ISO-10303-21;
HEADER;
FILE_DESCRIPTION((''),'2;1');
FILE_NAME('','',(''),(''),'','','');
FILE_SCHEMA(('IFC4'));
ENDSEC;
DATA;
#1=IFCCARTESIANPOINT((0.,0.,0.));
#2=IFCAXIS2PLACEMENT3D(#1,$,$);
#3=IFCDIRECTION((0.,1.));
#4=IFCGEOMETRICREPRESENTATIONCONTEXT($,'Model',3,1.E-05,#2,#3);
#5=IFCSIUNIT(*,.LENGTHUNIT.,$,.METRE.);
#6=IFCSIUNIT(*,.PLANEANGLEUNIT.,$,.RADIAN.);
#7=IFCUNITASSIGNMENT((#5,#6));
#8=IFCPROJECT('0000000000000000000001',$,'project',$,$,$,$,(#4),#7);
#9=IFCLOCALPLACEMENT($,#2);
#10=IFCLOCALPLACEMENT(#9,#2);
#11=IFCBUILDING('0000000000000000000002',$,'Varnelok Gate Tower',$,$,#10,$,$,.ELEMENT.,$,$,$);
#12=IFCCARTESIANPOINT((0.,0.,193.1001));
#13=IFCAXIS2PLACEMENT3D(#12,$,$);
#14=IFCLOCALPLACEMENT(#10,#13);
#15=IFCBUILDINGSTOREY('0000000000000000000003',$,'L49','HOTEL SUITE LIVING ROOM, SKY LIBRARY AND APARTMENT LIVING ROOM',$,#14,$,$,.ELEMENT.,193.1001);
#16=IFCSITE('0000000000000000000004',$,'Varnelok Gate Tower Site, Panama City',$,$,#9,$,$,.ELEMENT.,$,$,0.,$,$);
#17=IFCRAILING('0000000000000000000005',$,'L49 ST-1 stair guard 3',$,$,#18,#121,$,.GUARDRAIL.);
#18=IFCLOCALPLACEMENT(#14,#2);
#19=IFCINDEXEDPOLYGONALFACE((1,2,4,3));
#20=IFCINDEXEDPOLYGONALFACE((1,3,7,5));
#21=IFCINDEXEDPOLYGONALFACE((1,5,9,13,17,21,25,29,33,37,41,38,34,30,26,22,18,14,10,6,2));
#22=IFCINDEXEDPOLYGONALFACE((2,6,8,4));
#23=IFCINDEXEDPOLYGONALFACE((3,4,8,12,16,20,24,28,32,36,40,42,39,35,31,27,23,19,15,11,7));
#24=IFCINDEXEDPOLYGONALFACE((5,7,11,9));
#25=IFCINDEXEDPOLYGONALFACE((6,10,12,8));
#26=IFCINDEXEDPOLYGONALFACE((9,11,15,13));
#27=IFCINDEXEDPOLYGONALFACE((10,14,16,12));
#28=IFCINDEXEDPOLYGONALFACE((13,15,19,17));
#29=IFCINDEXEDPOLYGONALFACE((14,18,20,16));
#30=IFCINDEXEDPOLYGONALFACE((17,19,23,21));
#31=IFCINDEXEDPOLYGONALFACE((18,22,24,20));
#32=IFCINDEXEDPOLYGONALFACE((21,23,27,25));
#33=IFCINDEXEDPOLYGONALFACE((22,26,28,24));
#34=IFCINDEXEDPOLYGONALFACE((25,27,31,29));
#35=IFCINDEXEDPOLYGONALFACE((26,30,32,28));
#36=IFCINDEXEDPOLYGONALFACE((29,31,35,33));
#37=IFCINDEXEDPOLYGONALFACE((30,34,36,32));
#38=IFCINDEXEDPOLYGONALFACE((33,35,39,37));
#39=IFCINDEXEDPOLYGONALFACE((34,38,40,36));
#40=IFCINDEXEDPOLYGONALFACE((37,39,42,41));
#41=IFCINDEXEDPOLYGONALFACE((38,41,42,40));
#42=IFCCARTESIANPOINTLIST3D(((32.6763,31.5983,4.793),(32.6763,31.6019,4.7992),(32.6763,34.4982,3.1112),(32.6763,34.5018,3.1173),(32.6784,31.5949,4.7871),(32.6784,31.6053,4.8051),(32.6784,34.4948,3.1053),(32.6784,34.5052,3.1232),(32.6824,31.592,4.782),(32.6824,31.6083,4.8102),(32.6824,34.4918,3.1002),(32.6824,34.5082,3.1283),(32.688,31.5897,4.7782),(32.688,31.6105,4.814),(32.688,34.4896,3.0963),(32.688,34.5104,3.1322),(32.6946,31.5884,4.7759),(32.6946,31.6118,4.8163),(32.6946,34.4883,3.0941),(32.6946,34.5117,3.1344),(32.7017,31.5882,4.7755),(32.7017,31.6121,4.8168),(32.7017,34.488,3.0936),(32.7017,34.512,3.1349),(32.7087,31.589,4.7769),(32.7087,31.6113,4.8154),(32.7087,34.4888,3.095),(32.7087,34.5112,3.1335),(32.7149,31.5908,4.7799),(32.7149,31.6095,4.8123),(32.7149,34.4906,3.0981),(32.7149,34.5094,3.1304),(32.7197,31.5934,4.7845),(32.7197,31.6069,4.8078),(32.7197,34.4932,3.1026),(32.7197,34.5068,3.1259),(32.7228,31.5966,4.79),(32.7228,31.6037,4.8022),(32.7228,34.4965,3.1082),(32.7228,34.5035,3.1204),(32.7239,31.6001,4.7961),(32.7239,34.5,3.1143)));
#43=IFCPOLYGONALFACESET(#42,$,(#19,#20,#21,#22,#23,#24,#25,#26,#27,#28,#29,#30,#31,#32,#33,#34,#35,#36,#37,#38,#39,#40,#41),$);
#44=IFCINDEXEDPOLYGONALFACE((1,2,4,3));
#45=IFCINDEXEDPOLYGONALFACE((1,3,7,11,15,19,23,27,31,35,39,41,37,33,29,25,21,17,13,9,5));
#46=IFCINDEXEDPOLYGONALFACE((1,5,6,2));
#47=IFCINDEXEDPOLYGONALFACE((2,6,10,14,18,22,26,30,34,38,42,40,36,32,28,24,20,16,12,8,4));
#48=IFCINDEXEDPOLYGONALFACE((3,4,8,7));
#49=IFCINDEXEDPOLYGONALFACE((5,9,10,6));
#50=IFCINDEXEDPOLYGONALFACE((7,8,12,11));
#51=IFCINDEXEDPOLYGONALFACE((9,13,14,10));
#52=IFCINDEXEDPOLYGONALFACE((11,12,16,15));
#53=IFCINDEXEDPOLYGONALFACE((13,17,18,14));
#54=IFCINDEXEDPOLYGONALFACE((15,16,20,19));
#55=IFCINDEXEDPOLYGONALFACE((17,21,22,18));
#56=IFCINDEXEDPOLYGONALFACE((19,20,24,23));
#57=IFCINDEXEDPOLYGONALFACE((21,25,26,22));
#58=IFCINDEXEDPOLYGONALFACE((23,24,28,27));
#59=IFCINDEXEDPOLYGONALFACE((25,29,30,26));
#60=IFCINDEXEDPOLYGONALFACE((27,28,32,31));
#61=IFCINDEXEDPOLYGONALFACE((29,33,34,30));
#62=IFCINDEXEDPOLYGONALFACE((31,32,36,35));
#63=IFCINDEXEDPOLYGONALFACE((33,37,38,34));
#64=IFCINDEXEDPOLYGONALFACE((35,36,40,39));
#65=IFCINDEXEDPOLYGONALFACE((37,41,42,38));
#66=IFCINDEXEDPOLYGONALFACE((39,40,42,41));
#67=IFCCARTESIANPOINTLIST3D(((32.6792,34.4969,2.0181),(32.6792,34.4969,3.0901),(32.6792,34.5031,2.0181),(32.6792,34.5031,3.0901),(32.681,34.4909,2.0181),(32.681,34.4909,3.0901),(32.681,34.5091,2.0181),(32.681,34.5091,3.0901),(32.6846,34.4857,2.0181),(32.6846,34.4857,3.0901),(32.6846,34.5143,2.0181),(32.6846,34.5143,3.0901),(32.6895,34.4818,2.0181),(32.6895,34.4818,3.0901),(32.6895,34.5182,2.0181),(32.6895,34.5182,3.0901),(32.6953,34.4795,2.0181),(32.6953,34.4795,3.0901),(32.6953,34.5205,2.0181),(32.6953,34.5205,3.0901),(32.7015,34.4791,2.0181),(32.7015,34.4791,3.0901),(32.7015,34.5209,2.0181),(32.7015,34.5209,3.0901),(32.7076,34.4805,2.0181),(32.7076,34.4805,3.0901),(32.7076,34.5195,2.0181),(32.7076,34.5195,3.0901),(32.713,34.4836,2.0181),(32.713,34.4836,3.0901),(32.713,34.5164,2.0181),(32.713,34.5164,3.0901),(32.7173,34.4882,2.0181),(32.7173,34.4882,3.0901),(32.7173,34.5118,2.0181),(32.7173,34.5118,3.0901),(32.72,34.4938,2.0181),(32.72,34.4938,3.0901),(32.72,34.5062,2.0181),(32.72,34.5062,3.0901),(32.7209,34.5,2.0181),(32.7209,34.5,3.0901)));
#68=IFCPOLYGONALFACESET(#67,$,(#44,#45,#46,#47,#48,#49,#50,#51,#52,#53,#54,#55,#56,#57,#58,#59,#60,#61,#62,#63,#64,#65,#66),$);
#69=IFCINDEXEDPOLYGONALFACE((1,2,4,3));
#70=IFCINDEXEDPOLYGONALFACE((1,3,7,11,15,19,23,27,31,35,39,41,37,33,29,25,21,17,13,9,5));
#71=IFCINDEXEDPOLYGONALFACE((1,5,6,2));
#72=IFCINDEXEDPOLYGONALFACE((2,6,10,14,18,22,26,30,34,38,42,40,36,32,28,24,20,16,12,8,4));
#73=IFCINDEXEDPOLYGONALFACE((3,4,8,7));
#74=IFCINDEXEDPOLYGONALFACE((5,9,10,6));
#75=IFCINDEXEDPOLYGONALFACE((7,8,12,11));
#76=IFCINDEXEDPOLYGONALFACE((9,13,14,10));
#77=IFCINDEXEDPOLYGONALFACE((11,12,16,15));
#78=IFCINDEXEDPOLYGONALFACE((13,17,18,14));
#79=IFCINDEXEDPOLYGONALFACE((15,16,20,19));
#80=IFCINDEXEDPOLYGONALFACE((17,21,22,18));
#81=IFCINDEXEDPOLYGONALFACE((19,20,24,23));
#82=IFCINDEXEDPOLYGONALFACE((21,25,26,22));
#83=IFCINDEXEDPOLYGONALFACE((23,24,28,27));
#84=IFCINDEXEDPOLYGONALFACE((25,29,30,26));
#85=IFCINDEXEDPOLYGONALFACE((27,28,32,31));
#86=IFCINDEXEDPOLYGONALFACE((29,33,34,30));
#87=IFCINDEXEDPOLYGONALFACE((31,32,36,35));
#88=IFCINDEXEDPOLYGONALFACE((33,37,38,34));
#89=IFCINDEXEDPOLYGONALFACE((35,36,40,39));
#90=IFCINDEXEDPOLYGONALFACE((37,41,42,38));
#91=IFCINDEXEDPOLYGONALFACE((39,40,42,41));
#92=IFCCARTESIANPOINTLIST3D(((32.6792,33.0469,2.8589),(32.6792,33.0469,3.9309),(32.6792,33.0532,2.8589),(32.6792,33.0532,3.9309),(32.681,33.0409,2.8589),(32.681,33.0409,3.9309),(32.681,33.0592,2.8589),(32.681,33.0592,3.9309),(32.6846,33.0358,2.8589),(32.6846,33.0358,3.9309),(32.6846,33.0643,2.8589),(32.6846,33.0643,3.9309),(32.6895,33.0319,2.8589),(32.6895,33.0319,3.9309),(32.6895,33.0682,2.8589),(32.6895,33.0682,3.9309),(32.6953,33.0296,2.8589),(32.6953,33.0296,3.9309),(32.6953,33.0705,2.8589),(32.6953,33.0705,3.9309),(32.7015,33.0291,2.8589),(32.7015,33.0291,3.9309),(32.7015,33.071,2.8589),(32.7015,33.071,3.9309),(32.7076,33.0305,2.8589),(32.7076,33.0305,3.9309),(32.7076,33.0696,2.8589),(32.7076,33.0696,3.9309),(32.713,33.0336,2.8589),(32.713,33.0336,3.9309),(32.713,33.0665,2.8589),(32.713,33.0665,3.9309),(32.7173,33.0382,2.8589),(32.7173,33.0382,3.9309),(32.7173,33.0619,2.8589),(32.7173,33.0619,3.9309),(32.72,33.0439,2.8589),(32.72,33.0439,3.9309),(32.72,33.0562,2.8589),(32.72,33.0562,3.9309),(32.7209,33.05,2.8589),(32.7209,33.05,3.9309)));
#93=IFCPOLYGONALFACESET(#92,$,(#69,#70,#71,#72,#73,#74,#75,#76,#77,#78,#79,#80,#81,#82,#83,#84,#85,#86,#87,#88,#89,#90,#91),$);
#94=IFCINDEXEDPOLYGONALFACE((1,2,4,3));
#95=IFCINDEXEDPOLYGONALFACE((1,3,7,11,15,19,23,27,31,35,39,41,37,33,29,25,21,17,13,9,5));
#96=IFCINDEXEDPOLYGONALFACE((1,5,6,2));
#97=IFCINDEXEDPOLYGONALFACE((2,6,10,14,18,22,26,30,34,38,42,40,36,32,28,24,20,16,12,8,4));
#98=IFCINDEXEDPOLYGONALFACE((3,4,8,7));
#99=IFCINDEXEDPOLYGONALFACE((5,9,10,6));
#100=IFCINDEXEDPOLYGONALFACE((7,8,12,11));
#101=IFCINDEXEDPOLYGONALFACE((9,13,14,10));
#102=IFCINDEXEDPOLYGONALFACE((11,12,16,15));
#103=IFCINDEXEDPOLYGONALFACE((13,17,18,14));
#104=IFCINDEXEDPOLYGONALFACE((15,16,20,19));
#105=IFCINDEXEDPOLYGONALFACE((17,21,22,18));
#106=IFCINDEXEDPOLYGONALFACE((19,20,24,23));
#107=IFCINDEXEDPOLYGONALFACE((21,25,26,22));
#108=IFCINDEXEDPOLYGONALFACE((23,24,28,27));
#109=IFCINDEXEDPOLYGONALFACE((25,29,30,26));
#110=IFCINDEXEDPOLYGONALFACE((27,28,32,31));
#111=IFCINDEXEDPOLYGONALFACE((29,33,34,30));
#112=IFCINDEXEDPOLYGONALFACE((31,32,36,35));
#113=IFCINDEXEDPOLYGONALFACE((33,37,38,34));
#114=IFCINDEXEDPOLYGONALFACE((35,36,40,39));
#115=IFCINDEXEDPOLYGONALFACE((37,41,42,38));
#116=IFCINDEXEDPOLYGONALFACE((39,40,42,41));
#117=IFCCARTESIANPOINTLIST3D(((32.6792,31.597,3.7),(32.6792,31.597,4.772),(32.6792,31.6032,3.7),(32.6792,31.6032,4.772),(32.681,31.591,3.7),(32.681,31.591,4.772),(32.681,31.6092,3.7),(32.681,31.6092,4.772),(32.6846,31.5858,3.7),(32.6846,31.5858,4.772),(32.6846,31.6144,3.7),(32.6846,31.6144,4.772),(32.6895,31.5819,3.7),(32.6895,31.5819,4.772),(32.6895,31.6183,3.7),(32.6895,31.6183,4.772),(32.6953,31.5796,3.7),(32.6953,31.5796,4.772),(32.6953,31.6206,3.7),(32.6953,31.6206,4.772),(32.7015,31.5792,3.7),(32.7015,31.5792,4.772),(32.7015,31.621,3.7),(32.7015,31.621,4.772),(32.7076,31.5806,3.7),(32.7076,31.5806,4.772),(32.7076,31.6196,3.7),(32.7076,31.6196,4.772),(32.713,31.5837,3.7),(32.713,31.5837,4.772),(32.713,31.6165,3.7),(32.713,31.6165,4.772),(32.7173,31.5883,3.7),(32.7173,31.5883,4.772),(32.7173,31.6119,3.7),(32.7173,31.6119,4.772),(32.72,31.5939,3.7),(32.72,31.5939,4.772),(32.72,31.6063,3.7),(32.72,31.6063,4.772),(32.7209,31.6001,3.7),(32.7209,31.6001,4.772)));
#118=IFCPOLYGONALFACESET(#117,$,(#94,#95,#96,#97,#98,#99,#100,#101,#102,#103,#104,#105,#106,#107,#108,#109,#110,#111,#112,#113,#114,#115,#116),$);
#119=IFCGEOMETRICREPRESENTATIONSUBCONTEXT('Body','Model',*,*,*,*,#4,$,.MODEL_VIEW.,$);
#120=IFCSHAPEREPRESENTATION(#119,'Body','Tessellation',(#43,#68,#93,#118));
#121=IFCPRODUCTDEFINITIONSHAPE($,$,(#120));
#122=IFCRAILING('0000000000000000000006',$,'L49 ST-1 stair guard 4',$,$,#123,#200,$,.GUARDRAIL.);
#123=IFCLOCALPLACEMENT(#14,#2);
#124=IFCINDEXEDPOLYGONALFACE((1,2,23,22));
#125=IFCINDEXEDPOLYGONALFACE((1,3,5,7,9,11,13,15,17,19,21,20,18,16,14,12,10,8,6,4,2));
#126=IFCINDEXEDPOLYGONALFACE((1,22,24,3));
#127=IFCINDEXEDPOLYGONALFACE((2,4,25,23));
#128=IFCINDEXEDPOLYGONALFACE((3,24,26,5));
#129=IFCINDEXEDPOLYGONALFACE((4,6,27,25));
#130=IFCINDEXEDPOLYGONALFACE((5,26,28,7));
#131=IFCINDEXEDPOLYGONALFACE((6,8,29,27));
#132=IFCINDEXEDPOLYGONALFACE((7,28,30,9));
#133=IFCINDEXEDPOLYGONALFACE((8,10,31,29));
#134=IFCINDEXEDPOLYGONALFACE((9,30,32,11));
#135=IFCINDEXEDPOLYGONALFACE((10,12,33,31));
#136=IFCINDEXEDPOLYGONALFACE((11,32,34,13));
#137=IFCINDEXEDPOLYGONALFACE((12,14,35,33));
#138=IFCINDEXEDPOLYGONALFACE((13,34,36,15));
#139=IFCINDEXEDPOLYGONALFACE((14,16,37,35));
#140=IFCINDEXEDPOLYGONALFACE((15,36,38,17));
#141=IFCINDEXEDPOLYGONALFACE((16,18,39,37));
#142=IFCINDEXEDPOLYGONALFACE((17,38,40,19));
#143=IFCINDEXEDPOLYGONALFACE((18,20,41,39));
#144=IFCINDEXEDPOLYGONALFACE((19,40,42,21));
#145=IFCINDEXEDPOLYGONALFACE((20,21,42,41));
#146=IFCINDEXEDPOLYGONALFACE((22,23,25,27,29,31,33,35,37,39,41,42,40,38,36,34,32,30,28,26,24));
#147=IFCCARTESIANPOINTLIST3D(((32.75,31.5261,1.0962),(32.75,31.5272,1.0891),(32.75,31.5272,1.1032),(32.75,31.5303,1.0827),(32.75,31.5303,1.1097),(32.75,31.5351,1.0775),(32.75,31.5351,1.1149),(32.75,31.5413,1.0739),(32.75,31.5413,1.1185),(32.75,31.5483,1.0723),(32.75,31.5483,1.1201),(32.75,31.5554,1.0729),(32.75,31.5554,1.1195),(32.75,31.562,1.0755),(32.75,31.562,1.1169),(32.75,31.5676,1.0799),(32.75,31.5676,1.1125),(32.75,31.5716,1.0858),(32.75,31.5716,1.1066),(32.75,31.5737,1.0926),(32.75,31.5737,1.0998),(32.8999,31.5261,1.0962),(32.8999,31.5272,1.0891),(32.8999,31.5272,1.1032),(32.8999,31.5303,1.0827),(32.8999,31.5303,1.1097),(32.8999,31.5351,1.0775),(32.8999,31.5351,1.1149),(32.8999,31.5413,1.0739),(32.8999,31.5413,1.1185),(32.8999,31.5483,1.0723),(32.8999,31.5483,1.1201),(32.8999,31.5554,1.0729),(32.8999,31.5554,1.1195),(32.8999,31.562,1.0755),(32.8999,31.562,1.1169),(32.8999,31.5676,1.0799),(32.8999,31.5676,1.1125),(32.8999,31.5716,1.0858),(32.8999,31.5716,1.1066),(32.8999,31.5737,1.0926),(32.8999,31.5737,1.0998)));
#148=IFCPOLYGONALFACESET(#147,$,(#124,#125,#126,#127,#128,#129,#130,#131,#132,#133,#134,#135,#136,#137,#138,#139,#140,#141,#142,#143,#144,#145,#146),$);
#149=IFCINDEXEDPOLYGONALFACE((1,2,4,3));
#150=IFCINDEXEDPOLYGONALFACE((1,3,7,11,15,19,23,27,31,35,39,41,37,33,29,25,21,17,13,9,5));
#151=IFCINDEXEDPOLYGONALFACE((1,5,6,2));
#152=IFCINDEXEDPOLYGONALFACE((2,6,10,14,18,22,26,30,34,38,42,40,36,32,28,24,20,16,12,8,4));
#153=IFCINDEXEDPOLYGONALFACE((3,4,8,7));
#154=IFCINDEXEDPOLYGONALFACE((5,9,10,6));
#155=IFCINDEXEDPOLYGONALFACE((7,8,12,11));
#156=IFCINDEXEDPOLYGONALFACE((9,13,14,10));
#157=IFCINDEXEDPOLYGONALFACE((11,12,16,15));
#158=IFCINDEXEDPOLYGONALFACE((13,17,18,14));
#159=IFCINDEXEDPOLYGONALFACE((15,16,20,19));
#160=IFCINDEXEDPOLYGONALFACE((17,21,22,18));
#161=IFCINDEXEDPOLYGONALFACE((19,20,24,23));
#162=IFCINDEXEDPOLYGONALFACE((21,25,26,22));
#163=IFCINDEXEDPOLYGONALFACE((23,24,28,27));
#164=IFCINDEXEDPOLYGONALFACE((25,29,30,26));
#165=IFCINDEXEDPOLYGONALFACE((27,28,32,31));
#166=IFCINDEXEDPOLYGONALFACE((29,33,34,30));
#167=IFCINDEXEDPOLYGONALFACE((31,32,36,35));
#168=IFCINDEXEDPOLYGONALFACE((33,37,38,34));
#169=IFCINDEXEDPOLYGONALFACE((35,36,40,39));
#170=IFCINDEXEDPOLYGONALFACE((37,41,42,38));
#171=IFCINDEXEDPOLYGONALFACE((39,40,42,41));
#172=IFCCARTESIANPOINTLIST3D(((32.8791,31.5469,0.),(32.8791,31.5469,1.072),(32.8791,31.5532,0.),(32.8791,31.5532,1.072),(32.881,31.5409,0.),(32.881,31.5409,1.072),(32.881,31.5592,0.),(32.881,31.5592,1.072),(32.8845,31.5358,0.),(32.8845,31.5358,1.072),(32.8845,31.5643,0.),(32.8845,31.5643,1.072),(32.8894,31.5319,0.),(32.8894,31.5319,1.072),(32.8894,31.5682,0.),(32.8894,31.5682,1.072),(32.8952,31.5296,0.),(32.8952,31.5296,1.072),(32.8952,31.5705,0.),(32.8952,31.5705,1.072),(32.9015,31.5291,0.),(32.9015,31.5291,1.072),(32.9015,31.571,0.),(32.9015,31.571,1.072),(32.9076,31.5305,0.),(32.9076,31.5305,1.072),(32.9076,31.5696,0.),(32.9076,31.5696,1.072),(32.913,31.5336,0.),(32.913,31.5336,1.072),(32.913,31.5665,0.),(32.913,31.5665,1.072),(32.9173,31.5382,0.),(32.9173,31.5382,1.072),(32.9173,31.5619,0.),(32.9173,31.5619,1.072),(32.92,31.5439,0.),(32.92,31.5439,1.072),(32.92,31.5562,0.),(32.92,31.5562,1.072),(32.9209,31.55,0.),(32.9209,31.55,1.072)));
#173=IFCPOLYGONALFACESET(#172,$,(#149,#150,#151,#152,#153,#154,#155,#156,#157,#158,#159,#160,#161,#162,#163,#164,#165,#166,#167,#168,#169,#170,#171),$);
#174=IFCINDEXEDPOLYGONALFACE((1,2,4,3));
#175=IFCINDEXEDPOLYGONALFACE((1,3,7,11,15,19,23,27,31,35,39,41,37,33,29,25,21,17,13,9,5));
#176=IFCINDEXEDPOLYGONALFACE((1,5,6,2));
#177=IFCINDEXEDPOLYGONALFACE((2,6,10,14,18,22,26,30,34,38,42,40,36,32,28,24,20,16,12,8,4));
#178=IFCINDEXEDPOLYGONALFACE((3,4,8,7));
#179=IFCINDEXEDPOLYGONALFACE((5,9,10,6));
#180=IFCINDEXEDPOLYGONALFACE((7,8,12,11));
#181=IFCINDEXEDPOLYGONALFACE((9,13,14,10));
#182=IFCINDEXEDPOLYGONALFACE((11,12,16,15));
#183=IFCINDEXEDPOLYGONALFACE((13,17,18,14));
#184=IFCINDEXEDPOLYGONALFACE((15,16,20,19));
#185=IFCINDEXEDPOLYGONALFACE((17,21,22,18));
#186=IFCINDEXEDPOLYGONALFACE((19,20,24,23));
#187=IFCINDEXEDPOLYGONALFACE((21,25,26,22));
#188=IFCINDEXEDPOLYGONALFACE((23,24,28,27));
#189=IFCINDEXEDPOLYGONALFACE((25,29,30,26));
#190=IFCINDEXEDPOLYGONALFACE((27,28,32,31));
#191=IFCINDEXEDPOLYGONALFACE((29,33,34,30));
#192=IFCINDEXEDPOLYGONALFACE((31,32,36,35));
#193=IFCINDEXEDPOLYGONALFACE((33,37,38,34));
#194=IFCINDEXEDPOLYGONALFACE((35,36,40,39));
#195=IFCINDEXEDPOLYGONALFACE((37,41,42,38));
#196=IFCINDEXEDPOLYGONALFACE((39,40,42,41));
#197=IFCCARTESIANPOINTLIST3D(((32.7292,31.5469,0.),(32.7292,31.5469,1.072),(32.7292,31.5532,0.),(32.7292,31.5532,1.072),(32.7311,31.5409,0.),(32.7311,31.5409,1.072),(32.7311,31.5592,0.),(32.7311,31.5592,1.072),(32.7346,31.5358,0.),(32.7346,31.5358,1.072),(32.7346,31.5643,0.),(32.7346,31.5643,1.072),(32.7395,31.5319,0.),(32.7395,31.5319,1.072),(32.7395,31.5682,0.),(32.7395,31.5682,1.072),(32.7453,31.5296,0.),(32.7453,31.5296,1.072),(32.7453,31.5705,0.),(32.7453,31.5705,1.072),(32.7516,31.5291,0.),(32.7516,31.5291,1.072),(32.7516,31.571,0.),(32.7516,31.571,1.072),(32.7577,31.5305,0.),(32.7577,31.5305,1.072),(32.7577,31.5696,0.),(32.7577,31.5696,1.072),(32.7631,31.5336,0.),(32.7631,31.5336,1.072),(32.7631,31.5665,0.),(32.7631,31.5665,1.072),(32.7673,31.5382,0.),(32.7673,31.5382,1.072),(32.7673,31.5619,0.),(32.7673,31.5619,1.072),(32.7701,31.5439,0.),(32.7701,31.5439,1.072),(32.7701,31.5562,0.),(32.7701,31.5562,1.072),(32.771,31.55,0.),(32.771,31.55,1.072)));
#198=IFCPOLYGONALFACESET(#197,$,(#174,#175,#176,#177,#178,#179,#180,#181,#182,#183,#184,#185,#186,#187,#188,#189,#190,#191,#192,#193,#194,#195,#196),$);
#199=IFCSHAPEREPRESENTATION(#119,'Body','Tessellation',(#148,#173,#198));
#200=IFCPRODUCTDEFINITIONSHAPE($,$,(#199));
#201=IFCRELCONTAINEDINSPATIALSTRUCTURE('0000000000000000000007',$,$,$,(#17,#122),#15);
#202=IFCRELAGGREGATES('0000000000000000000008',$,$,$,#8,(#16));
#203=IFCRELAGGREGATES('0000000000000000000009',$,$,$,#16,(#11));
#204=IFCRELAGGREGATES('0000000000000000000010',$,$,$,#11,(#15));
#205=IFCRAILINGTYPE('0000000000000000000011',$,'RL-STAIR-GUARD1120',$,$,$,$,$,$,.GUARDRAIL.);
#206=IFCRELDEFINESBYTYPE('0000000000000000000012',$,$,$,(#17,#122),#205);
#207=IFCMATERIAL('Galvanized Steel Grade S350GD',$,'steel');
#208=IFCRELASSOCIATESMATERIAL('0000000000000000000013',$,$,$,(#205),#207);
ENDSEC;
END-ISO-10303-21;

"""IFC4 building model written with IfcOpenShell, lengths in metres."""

from ifc_helpers import new_model, si_unit, direction, frame, origin, origin_2d, place, context, subcontext, project, spatial, circle, extrude, material, type_object, element, save


model = new_model("IFC4")

# Units and contexts
model_context = context("Model", 3, precision=1e-05, world=origin(), true_north=direction((0.0, 1.0)))
body_context = subcontext(model_context, "Body", "Model", "MODEL_VIEW")
ifc_project = project(units=[si_unit("LENGTHUNIT", "METRE"), si_unit("PLANEANGLEUNIT", "RADIAN")], contexts=[model_context])

# Site, building, storey
site_placement = place(None, origin())
site = spatial("IfcSite", under=ifc_project, at=site_placement, Name="Varnelok Gate Tower Site, Panama City", CompositionType="ELEMENT", RefElevation=0.0)
building_placement = place(site_placement, origin())
building = spatial("IfcBuilding", under=site, at=building_placement, Name="Varnelok Gate Tower", CompositionType="ELEMENT")
storey_placement = place(building_placement, frame((0.0, 0.0, 193.1001)))
storey = spatial("IfcBuildingStorey", under=building, at=storey_placement, Name="L49", Description="HOTEL SUITE LIVING ROOM, SKY LIBRARY AND APARTMENT LIVING ROOM", CompositionType="ELEMENT", Elevation=193.1001)

# Shared definitions
ifc_material_1 = material(Name="Galvanized Steel Grade S350GD", Category="steel")

# Railings
railing_type_1 = type_object("IfcRailingType", Name="RL-STAIR-GUARD1120", PredefinedType="GUARDRAIL", material=ifc_material_1)
railing_1_placement = place(storey_placement, frame((32.7, 34.5, 2.0181)))
element("IfcRailing", 1, at=railing_1_placement, inside=storey, type_object=railing_type_1, Name="L49 ST-1 stair guard 3", PredefinedType="GUARDRAIL", context=body_context, shape_type="SweptSolid", body=[
    extrude(circle(Radius=0.0239, at=origin_2d()), frame((0.0, 0.0, 1.0962), z_axis=(0.0, -0.865039, 0.501705), x_axis=(1.0, 0.0, 0.0)), (0.0, 0.0, 1.0), 3.3523),
    extrude(circle(Radius=0.021, at=origin_2d()), origin(), (0.0, 0.0, 1.0), 1.072),
    extrude(circle(Radius=0.021, at=origin_2d()), frame((0.0, -1.45, 0.8408)), (0.0, 0.0, 1.0), 1.072),
    extrude(circle(Radius=0.021, at=origin_2d()), frame((0.0, -2.8999, 1.6819)), (0.0, 0.0, 1.0), 1.072),
])
railing_2_placement = place(storey_placement, frame((32.8999, 31.55, 0.0)))
element("IfcRailing", 2, at=railing_2_placement, inside=storey, type_object=railing_type_1, Name="L49 ST-1 stair guard 4", PredefinedType="GUARDRAIL", context=body_context, shape_type="SweptSolid", body=[
    extrude(circle(Radius=0.0239, at=origin_2d()), frame((0.0, 0.0, 1.0962), z_axis=(-1.0, 0.0, 0.0), x_axis=(0.0, -1.0, 0.0)), (0.0, 0.0, 1.0), 0.1499),
    extrude(circle(Radius=0.021, at=origin_2d()), origin(), (0.0, 0.0, 1.0), 1.072),
    extrude(circle(Radius=0.021, at=origin_2d()), frame((-0.1499, 0.0, 0.0)), (0.0, 0.0, 1.0), 1.072),
])

save(model, "model.ifc")
